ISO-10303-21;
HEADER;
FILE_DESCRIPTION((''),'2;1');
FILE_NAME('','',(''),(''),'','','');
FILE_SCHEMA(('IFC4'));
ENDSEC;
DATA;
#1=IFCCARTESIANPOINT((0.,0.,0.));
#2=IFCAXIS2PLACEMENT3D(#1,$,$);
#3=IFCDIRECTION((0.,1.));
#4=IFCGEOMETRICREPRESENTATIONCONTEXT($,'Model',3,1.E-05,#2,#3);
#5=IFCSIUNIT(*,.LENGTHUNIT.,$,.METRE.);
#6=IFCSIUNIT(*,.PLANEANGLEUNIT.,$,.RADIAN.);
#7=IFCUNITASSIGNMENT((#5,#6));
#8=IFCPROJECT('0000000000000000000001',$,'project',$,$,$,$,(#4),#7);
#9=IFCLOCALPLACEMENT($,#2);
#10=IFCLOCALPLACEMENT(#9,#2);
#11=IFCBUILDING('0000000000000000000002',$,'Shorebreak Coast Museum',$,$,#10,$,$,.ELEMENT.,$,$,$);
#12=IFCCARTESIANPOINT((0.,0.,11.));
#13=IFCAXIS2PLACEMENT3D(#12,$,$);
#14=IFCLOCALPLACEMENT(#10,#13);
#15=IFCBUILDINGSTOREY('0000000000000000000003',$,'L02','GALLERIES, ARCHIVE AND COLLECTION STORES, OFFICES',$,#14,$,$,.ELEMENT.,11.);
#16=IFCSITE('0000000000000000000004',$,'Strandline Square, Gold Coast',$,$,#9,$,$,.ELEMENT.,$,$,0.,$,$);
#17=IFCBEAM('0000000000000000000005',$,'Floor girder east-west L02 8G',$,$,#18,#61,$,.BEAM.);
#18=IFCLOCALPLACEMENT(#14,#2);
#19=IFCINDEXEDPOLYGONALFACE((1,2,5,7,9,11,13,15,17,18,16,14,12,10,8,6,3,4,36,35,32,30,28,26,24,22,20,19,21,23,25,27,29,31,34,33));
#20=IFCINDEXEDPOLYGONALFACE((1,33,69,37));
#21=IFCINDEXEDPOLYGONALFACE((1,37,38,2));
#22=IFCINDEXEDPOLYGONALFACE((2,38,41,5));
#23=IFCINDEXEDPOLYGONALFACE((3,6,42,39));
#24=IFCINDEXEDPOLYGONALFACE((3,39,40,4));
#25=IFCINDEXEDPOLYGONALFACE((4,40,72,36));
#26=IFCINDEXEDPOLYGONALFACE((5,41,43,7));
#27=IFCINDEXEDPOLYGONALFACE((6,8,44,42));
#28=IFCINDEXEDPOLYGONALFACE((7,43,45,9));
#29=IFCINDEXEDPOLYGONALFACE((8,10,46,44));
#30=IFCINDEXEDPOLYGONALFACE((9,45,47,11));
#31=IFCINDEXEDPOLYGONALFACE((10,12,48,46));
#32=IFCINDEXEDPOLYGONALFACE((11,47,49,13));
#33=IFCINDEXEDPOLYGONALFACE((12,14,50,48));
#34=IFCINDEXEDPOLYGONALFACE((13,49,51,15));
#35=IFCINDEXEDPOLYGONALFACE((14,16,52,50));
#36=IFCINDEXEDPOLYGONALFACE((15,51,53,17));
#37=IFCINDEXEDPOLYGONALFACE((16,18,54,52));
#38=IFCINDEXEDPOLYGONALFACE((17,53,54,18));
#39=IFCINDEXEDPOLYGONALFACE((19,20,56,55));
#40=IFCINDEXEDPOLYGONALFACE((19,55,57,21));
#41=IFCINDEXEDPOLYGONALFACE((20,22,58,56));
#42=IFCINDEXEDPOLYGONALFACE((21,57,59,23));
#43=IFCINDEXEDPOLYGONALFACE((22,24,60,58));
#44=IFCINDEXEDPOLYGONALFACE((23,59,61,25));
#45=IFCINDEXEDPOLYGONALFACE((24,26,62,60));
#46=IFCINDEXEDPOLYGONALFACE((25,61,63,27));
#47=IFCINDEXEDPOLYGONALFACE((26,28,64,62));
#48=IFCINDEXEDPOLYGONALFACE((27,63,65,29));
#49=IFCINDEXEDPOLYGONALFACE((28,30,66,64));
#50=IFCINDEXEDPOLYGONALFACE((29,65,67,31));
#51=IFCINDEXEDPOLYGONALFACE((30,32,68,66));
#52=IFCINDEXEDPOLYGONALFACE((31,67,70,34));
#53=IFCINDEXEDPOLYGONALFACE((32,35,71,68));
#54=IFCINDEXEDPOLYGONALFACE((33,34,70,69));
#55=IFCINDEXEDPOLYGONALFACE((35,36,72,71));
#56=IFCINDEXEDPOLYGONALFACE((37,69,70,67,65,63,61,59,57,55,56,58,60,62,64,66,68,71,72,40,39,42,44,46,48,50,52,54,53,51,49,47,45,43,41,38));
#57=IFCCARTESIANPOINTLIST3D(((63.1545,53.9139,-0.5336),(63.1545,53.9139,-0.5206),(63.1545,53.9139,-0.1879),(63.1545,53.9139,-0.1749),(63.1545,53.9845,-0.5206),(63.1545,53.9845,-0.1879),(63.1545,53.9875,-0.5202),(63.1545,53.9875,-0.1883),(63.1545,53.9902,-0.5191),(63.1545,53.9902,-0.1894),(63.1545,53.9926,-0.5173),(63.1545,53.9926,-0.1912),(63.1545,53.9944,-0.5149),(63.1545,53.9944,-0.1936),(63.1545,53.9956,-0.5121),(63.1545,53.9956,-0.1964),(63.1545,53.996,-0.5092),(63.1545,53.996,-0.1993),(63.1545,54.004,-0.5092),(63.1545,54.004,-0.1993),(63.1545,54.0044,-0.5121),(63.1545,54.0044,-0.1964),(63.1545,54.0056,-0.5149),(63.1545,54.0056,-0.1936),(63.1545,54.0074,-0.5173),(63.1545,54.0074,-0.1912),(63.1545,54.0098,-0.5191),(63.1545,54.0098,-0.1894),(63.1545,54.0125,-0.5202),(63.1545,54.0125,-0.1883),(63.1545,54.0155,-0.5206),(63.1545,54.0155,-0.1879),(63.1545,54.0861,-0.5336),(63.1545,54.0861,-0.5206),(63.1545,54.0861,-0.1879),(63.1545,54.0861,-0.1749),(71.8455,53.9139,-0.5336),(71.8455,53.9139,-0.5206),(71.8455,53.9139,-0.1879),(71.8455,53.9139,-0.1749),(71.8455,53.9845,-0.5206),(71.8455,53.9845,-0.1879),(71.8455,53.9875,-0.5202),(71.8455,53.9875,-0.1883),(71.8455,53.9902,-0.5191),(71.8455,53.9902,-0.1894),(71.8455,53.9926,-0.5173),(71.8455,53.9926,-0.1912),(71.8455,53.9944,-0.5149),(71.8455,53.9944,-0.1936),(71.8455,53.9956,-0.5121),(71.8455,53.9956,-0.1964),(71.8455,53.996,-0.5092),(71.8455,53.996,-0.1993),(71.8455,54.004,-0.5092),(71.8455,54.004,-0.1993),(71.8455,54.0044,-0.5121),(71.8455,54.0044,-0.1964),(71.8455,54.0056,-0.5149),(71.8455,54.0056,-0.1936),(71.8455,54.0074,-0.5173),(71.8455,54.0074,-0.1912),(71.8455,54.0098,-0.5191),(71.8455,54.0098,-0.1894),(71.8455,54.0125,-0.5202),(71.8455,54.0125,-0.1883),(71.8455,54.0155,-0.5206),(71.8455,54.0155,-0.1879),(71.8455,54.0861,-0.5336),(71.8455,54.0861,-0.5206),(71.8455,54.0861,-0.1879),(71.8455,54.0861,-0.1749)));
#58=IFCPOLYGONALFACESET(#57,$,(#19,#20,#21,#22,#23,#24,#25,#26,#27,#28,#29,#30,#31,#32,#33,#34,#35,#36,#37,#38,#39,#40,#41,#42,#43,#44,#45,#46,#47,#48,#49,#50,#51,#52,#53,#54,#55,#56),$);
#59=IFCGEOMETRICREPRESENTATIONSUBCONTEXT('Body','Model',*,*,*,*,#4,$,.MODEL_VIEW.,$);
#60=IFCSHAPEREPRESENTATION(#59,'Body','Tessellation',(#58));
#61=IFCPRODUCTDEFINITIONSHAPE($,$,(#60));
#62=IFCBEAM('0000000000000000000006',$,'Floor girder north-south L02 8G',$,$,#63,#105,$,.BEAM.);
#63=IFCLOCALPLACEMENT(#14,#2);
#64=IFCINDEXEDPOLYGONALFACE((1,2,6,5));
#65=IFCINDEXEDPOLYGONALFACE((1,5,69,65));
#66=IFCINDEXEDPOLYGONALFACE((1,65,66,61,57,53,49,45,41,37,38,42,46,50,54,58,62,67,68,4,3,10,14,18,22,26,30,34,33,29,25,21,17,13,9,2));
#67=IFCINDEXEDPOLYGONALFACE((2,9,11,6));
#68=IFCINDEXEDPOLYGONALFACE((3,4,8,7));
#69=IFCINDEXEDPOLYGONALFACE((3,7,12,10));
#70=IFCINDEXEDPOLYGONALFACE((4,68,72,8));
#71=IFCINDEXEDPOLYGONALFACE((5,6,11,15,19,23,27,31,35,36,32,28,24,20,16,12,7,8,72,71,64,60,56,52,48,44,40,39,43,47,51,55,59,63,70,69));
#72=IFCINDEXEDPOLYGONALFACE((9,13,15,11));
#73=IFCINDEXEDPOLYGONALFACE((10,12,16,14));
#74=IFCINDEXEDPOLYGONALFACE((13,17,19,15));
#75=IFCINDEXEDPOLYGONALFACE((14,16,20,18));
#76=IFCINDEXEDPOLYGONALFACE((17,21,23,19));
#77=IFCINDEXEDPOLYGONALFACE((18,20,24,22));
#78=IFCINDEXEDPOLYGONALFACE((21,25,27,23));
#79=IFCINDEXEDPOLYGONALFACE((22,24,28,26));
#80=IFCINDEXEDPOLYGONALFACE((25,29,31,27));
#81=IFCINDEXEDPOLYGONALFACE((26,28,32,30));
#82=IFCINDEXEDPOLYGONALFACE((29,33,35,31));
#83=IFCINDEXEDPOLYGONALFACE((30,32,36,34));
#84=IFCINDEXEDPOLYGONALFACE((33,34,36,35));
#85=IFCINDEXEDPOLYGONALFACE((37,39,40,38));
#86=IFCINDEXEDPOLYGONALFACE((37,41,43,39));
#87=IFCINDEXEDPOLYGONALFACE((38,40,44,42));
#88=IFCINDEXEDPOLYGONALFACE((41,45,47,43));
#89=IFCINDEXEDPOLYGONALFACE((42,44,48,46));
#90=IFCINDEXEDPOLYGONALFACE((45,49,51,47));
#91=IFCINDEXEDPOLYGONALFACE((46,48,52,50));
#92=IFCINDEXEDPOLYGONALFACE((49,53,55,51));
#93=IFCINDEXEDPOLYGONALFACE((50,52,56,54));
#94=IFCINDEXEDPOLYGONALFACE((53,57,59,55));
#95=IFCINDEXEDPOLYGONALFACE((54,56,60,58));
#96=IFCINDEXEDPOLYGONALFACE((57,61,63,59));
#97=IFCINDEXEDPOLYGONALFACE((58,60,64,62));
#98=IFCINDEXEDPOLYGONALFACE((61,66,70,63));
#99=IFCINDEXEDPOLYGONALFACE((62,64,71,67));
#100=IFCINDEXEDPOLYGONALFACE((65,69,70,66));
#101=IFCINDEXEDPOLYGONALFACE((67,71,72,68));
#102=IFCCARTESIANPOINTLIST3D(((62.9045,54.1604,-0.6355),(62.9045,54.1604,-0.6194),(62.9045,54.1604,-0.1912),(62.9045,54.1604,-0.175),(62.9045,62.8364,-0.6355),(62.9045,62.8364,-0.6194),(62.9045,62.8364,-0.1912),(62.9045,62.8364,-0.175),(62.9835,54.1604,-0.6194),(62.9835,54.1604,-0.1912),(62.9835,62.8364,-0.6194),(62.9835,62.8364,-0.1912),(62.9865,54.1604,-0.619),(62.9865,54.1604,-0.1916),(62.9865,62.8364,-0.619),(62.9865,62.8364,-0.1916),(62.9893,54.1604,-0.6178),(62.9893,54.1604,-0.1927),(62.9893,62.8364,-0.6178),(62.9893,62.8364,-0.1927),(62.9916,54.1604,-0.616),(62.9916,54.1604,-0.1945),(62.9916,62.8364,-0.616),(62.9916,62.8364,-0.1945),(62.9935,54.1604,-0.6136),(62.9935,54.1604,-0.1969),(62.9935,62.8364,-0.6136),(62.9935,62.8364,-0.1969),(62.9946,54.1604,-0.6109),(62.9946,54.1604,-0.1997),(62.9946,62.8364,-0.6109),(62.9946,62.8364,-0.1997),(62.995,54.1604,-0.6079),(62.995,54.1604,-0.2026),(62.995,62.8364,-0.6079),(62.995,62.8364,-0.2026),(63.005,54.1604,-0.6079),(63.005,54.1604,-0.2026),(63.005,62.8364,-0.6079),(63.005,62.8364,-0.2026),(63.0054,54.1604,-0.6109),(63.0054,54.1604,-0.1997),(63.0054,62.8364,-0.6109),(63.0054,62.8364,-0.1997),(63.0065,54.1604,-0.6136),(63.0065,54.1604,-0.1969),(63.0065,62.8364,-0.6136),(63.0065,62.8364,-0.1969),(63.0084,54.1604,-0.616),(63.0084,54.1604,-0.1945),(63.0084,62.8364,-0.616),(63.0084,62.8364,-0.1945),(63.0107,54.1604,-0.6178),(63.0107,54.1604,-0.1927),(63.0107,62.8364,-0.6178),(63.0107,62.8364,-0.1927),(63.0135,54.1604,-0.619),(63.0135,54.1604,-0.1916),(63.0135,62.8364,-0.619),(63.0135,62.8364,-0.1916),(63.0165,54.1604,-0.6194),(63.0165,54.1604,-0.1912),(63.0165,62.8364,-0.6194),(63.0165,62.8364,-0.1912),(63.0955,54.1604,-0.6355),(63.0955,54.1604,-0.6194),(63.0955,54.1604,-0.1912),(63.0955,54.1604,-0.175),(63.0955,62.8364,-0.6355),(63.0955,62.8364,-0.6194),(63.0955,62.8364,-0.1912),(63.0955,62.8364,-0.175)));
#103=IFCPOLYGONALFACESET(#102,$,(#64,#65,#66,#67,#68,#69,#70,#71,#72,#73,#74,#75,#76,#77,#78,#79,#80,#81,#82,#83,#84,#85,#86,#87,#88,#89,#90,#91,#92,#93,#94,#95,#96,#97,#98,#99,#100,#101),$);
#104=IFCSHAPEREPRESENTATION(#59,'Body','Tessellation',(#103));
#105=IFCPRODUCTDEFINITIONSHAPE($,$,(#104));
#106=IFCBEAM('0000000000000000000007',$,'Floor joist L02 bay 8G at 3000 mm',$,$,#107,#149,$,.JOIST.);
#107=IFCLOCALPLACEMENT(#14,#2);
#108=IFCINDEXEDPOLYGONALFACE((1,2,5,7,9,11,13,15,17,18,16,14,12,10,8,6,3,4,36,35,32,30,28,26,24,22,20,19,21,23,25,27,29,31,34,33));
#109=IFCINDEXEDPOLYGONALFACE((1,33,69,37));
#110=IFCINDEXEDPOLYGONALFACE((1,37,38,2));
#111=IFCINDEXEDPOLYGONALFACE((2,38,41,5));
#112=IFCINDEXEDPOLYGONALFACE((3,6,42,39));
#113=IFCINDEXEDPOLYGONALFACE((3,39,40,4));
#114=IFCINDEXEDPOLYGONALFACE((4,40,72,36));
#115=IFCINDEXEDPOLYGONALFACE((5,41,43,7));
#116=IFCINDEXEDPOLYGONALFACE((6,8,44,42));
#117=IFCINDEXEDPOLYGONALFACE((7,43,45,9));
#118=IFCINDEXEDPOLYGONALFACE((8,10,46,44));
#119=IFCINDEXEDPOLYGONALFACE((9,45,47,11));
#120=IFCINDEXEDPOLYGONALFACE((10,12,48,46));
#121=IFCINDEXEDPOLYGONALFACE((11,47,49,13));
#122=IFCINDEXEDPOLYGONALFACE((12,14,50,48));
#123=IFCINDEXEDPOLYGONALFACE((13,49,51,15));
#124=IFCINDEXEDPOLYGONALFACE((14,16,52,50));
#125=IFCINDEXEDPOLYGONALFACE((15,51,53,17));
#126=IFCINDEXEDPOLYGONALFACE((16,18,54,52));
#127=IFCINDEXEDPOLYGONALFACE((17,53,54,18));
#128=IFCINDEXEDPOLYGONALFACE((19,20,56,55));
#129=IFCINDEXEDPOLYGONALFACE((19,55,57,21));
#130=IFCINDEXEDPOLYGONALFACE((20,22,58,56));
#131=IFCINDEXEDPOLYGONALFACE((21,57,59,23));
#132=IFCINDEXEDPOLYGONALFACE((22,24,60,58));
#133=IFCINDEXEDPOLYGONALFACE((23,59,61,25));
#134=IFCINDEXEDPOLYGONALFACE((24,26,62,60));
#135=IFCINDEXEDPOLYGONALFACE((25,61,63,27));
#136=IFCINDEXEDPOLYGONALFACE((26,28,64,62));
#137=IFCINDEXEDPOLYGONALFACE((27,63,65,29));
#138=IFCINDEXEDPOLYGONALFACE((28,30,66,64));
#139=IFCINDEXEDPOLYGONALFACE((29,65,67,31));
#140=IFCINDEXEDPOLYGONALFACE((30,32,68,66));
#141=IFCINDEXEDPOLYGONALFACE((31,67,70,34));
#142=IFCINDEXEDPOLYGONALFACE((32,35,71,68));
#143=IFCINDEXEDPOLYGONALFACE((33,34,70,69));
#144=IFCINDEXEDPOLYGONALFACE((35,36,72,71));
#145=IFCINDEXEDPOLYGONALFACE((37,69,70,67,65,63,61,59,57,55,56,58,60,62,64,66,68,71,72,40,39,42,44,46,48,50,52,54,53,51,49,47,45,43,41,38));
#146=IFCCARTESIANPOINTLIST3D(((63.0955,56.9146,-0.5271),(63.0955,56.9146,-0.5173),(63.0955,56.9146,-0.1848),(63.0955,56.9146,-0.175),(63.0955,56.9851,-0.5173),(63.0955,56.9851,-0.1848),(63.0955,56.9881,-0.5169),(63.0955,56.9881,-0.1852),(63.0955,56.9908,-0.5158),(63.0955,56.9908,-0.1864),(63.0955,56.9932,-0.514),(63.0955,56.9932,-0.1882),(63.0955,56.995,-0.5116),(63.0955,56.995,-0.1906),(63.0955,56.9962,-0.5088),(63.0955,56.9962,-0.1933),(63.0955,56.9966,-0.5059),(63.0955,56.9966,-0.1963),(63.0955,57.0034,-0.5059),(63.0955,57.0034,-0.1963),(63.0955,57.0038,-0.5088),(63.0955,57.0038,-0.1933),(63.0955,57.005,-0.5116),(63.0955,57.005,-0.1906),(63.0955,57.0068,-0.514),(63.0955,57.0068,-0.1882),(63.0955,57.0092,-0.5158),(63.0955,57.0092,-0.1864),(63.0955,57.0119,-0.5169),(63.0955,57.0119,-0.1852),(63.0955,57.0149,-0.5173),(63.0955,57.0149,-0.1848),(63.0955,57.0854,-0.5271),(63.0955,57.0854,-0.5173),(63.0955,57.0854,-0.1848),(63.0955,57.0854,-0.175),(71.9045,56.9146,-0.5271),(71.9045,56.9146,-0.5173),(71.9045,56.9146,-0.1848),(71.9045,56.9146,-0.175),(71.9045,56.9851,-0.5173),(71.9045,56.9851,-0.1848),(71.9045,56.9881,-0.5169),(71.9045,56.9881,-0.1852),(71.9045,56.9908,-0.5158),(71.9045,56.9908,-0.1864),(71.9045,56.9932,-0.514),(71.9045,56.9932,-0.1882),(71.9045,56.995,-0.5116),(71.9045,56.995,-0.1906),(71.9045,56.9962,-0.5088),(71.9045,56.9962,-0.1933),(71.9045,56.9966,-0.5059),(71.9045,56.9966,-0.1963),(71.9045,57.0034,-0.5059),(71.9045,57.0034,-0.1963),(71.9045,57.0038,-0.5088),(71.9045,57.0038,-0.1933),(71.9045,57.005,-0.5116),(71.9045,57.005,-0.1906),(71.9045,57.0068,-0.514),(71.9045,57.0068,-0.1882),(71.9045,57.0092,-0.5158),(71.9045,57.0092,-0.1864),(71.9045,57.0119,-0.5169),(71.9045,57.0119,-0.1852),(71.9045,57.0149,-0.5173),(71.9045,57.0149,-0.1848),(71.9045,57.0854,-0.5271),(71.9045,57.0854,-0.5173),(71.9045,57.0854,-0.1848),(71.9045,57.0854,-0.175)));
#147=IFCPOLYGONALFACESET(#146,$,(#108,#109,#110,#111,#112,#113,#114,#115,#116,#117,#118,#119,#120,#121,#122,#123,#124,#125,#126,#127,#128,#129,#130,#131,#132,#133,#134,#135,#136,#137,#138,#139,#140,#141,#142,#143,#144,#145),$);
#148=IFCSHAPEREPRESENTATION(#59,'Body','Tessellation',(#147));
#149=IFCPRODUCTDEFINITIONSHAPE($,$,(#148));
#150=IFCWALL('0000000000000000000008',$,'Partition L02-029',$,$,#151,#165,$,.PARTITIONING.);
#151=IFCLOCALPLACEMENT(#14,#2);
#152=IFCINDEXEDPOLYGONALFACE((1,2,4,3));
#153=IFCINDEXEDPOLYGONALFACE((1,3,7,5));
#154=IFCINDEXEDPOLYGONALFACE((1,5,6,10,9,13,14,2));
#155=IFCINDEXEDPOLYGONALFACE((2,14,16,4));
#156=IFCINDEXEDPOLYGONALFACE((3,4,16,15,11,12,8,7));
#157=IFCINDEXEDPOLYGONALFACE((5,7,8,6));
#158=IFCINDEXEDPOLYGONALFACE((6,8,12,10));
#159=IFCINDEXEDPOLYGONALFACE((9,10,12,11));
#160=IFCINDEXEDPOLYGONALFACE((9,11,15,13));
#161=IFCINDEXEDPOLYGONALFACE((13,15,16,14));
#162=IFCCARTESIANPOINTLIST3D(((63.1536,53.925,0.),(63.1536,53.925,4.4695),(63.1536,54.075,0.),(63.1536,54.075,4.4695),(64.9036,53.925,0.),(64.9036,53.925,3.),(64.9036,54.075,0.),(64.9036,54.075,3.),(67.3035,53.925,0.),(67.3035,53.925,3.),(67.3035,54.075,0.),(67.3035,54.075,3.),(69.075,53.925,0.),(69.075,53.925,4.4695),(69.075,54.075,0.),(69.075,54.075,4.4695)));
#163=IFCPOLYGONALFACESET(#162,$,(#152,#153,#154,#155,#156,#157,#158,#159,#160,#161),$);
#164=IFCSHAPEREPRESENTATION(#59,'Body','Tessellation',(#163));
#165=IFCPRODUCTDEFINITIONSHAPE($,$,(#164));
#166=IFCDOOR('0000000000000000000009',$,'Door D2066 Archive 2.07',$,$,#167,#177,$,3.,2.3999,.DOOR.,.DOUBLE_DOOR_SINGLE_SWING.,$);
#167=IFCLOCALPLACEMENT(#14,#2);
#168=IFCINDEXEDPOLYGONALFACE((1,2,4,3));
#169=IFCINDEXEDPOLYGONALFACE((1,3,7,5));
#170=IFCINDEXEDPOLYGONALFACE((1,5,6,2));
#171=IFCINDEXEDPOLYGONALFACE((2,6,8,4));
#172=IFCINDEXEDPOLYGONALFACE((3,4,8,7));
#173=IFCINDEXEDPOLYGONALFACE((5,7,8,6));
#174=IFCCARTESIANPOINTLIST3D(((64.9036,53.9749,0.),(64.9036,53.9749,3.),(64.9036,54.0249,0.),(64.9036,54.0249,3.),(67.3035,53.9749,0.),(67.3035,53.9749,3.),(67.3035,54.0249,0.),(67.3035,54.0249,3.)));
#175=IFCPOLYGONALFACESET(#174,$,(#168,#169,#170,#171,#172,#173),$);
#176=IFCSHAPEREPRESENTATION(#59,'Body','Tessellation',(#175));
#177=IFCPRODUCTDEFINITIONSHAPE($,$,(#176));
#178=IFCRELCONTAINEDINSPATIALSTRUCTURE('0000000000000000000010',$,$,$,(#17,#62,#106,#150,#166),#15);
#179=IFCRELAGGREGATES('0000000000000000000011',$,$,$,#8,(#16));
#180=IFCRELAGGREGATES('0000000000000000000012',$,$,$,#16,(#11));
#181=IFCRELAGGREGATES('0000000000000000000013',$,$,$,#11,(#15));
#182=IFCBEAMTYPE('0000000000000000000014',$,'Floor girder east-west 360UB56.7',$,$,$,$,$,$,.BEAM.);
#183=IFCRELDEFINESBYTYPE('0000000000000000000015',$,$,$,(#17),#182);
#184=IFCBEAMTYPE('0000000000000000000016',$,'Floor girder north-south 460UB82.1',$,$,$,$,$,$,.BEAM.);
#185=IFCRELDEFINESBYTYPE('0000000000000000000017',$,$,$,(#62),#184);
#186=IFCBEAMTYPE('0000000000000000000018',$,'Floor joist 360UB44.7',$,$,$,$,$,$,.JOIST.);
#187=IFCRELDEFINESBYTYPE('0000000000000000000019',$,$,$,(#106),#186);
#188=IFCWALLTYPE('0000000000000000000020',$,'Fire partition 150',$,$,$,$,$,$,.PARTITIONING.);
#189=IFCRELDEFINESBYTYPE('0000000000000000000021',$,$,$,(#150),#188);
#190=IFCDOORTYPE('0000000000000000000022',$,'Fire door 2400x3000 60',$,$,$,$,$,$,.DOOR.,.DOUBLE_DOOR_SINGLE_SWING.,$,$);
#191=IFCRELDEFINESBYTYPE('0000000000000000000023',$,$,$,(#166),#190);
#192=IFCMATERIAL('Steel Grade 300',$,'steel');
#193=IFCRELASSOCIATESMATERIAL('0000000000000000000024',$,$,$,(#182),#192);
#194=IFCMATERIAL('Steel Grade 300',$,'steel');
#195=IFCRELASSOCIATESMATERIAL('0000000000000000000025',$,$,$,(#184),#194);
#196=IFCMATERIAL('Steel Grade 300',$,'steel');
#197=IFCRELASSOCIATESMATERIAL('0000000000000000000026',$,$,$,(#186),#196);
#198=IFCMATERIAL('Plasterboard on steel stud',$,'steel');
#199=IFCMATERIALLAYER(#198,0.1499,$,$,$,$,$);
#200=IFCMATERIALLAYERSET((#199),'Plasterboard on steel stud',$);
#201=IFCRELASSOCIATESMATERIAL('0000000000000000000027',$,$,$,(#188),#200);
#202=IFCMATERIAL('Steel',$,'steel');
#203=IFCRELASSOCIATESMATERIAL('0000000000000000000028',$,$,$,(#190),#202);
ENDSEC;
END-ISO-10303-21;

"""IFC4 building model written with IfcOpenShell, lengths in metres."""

from ifc_helpers import new_model, si_unit, direction, frame, frame_2d, origin, origin_2d, place, context, subcontext, project, spatial, rectangle, i_section, extrude, material, layer, layer_set, material_profile, profile_set, type_object, element, fill, save


model = new_model("IFC4")

# Units and contexts
model_context = context("Model", 3, precision=1e-05, world=origin(), true_north=direction((0.0, 1.0)))
body_context = subcontext(model_context, "Body", "Model", "MODEL_VIEW")
ifc_project = project(units=[si_unit("LENGTHUNIT", "METRE"), si_unit("PLANEANGLEUNIT", "RADIAN")], contexts=[model_context])

# Site, building, storey
site_placement = place(None, origin())
site = spatial("IfcSite", under=ifc_project, at=site_placement, Name="Strandline Square, Gold Coast", CompositionType="ELEMENT", RefElevation=0.0)
building_placement = place(site_placement, origin())
building = spatial("IfcBuilding", under=site, at=building_placement, Name="Shorebreak Coast Museum", CompositionType="ELEMENT")
storey_placement = place(building_placement, frame((0.0, 0.0, 11.0)))
storey = spatial("IfcBuildingStorey", under=building, at=storey_placement, Name="L02", Description="GALLERIES, ARCHIVE AND COLLECTION STORES, OFFICES", CompositionType="ELEMENT", Elevation=11.0)

# Beams
ifc_material_1 = material(Name="Steel Grade 300", Category="steel")
ifc_material_profile_1 = material_profile(ifc_material_1, i_section(OverallWidth=0.1721, OverallDepth=0.3586, WebThickness=0.0081, FlangeThickness=0.0129, FilletRadius=0.0115, at=origin_2d()), Name="360UB56.7")
ifc_profile_set_1 = profile_set([ifc_material_profile_1], Name="Steel Grade 300")
beam_type_1 = type_object("IfcBeamType", Name="Floor girder east-west 360UB56.7", PredefinedType="BEAM", material=ifc_profile_set_1)
beam_1_placement = place(storey_placement, frame((63.1545, 54.0, -0.3542), z_axis=(1.0, 0.0, 0.0), x_axis=(0.0, 1.0, 0.0)))
element("IfcBeam", 1, at=beam_1_placement, inside=storey, type_object=beam_type_1, Name="Floor girder east-west L02 8G", PredefinedType="BEAM", context=body_context, shape_type="SweptSolid", body=[
    extrude(i_section(OverallWidth=0.1721, OverallDepth=0.3586, WebThickness=0.0081, FlangeThickness=0.0129, FilletRadius=0.0115, at=origin_2d()), origin(), (0.0, 0.0, 1.0), 8.6909),
])
ifc_material_2 = material(Name="Steel Grade 300", Category="steel")
ifc_material_profile_2 = material_profile(ifc_material_2, i_section(OverallWidth=0.1909, OverallDepth=0.4604, WebThickness=0.01, FlangeThickness=0.0161, FilletRadius=0.0115, at=origin_2d()), Name="460UB82.1")
ifc_profile_set_2 = profile_set([ifc_material_profile_2], Name="Steel Grade 300")
beam_type_2 = type_object("IfcBeamType", Name="Floor girder north-south 460UB82.1", PredefinedType="BEAM", material=ifc_profile_set_2)
beam_2_placement = place(storey_placement, frame((63.0, 54.1604, -0.4053), z_axis=(0.0, 1.0, 0.0), x_axis=(-1.0, 0.0, 0.0)))
element("IfcBeam", 2, at=beam_2_placement, inside=storey, type_object=beam_type_2, Name="Floor girder north-south L02 8G", PredefinedType="BEAM", context=body_context, shape_type="SweptSolid", body=[
    extrude(i_section(OverallWidth=0.1909, OverallDepth=0.4604, WebThickness=0.01, FlangeThickness=0.0161, FilletRadius=0.0115, at=origin_2d()), origin(), (0.0, 0.0, 1.0), 8.676),
])
ifc_material_3 = material(Name="Steel Grade 300", Category="steel")
ifc_material_profile_3 = material_profile(ifc_material_3, i_section(OverallWidth=0.1709, OverallDepth=0.3521, WebThickness=0.0068, FlangeThickness=0.0098, FilletRadius=0.0115, at=origin_2d()), Name="360UB44.7")
ifc_profile_set_3 = profile_set([ifc_material_profile_3], Name="Steel Grade 300")
beam_type_3 = type_object("IfcBeamType", Name="Floor joist 360UB44.7", PredefinedType="JOIST", material=ifc_profile_set_3)
beam_3_placement = place(storey_placement, frame((63.0955, 57.0, -0.3511), z_axis=(1.0, 0.0, 0.0), x_axis=(0.0, 1.0, 0.0)))
element("IfcBeam", 3, at=beam_3_placement, inside=storey, type_object=beam_type_3, Name="Floor joist L02 bay 8G at 3000 mm", PredefinedType="JOIST", context=body_context, shape_type="SweptSolid", body=[
    extrude(i_section(OverallWidth=0.1709, OverallDepth=0.3521, WebThickness=0.0068, FlangeThickness=0.0098, FilletRadius=0.0115, at=origin_2d()), origin(), (0.0, 0.0, 1.0), 8.8091),
])

# Wall, opening, door
ifc_material_4 = material(Name="Plasterboard on steel stud", Category="steel")
ifc_layer_1 = layer(ifc_material_4, 0.1499)
ifc_layer_set_1 = layer_set([ifc_layer_1], Name="Plasterboard on steel stud")
wall_type_1 = type_object("IfcWallType", Name="Fire partition 150", PredefinedType="PARTITIONING", material=ifc_layer_set_1)
wall_1_placement = place(storey_placement, frame((63.1536, 54.0, 0.0), z_axis=(0.0, 0.0, 1.0), x_axis=(1.0, 0.0, 0.0)))
wall_1 = element("IfcWall", 4, at=wall_1_placement, inside=storey, type_object=wall_type_1, Name="Partition L02-029", PredefinedType="PARTITIONING", context=body_context, shape_type="SweptSolid", body=[
    extrude(rectangle(XDim=5.9214, YDim=0.1499, at=frame_2d((2.9607, 0.0))), origin(), (0.0, 0.0, 1.0), 4.4695),
])
opening_1_placement = place(wall_1_placement, frame((1.75, 0.0, 0.0)))
opening_1 = element("IfcOpeningElement", 5, at=opening_1_placement, cuts=wall_1, PredefinedType="OPENING", context=body_context, shape_type="SweptSolid", body=[
    extrude(rectangle(XDim=2.3999, YDim=3.0, at=frame_2d((1.2, 1.5))), frame((0.0, 0.085, 0.0), z_axis=(0.0, -1.0, 0.0), x_axis=(1.0, 0.0, 0.0)), (0.0, 0.0, 1.0), 0.1699),
])
ifc_material_5 = material(Name="Steel", Category="steel")
door_type_1 = type_object("IfcDoorType", Name="Fire door 2400x3000 60", OperationType="DOUBLE_DOOR_SINGLE_SWING", PredefinedType="DOOR", material=ifc_material_5)
door_1_placement = place(opening_1_placement, origin())
door_1 = element("IfcDoor", 6, at=door_1_placement, inside=storey, type_object=door_type_1, Name="Door D2066 Archive 2.07", OperationType="DOUBLE_DOOR_SINGLE_SWING", OverallHeight=3.0, OverallWidth=2.3999, PredefinedType="DOOR", context=body_context, shape_type="SweptSolid", body=[
    extrude(rectangle(XDim=2.3999, YDim=3.0, at=frame_2d((1.2, 1.5))), frame((0.0, 0.0249, 0.0), z_axis=(0.0, -1.0, 0.0), x_axis=(1.0, 0.0, 0.0)), (0.0, 0.0, 1.0), 0.05),
])
fill(opening_1, door_1)

save(model, "model.ifc")
